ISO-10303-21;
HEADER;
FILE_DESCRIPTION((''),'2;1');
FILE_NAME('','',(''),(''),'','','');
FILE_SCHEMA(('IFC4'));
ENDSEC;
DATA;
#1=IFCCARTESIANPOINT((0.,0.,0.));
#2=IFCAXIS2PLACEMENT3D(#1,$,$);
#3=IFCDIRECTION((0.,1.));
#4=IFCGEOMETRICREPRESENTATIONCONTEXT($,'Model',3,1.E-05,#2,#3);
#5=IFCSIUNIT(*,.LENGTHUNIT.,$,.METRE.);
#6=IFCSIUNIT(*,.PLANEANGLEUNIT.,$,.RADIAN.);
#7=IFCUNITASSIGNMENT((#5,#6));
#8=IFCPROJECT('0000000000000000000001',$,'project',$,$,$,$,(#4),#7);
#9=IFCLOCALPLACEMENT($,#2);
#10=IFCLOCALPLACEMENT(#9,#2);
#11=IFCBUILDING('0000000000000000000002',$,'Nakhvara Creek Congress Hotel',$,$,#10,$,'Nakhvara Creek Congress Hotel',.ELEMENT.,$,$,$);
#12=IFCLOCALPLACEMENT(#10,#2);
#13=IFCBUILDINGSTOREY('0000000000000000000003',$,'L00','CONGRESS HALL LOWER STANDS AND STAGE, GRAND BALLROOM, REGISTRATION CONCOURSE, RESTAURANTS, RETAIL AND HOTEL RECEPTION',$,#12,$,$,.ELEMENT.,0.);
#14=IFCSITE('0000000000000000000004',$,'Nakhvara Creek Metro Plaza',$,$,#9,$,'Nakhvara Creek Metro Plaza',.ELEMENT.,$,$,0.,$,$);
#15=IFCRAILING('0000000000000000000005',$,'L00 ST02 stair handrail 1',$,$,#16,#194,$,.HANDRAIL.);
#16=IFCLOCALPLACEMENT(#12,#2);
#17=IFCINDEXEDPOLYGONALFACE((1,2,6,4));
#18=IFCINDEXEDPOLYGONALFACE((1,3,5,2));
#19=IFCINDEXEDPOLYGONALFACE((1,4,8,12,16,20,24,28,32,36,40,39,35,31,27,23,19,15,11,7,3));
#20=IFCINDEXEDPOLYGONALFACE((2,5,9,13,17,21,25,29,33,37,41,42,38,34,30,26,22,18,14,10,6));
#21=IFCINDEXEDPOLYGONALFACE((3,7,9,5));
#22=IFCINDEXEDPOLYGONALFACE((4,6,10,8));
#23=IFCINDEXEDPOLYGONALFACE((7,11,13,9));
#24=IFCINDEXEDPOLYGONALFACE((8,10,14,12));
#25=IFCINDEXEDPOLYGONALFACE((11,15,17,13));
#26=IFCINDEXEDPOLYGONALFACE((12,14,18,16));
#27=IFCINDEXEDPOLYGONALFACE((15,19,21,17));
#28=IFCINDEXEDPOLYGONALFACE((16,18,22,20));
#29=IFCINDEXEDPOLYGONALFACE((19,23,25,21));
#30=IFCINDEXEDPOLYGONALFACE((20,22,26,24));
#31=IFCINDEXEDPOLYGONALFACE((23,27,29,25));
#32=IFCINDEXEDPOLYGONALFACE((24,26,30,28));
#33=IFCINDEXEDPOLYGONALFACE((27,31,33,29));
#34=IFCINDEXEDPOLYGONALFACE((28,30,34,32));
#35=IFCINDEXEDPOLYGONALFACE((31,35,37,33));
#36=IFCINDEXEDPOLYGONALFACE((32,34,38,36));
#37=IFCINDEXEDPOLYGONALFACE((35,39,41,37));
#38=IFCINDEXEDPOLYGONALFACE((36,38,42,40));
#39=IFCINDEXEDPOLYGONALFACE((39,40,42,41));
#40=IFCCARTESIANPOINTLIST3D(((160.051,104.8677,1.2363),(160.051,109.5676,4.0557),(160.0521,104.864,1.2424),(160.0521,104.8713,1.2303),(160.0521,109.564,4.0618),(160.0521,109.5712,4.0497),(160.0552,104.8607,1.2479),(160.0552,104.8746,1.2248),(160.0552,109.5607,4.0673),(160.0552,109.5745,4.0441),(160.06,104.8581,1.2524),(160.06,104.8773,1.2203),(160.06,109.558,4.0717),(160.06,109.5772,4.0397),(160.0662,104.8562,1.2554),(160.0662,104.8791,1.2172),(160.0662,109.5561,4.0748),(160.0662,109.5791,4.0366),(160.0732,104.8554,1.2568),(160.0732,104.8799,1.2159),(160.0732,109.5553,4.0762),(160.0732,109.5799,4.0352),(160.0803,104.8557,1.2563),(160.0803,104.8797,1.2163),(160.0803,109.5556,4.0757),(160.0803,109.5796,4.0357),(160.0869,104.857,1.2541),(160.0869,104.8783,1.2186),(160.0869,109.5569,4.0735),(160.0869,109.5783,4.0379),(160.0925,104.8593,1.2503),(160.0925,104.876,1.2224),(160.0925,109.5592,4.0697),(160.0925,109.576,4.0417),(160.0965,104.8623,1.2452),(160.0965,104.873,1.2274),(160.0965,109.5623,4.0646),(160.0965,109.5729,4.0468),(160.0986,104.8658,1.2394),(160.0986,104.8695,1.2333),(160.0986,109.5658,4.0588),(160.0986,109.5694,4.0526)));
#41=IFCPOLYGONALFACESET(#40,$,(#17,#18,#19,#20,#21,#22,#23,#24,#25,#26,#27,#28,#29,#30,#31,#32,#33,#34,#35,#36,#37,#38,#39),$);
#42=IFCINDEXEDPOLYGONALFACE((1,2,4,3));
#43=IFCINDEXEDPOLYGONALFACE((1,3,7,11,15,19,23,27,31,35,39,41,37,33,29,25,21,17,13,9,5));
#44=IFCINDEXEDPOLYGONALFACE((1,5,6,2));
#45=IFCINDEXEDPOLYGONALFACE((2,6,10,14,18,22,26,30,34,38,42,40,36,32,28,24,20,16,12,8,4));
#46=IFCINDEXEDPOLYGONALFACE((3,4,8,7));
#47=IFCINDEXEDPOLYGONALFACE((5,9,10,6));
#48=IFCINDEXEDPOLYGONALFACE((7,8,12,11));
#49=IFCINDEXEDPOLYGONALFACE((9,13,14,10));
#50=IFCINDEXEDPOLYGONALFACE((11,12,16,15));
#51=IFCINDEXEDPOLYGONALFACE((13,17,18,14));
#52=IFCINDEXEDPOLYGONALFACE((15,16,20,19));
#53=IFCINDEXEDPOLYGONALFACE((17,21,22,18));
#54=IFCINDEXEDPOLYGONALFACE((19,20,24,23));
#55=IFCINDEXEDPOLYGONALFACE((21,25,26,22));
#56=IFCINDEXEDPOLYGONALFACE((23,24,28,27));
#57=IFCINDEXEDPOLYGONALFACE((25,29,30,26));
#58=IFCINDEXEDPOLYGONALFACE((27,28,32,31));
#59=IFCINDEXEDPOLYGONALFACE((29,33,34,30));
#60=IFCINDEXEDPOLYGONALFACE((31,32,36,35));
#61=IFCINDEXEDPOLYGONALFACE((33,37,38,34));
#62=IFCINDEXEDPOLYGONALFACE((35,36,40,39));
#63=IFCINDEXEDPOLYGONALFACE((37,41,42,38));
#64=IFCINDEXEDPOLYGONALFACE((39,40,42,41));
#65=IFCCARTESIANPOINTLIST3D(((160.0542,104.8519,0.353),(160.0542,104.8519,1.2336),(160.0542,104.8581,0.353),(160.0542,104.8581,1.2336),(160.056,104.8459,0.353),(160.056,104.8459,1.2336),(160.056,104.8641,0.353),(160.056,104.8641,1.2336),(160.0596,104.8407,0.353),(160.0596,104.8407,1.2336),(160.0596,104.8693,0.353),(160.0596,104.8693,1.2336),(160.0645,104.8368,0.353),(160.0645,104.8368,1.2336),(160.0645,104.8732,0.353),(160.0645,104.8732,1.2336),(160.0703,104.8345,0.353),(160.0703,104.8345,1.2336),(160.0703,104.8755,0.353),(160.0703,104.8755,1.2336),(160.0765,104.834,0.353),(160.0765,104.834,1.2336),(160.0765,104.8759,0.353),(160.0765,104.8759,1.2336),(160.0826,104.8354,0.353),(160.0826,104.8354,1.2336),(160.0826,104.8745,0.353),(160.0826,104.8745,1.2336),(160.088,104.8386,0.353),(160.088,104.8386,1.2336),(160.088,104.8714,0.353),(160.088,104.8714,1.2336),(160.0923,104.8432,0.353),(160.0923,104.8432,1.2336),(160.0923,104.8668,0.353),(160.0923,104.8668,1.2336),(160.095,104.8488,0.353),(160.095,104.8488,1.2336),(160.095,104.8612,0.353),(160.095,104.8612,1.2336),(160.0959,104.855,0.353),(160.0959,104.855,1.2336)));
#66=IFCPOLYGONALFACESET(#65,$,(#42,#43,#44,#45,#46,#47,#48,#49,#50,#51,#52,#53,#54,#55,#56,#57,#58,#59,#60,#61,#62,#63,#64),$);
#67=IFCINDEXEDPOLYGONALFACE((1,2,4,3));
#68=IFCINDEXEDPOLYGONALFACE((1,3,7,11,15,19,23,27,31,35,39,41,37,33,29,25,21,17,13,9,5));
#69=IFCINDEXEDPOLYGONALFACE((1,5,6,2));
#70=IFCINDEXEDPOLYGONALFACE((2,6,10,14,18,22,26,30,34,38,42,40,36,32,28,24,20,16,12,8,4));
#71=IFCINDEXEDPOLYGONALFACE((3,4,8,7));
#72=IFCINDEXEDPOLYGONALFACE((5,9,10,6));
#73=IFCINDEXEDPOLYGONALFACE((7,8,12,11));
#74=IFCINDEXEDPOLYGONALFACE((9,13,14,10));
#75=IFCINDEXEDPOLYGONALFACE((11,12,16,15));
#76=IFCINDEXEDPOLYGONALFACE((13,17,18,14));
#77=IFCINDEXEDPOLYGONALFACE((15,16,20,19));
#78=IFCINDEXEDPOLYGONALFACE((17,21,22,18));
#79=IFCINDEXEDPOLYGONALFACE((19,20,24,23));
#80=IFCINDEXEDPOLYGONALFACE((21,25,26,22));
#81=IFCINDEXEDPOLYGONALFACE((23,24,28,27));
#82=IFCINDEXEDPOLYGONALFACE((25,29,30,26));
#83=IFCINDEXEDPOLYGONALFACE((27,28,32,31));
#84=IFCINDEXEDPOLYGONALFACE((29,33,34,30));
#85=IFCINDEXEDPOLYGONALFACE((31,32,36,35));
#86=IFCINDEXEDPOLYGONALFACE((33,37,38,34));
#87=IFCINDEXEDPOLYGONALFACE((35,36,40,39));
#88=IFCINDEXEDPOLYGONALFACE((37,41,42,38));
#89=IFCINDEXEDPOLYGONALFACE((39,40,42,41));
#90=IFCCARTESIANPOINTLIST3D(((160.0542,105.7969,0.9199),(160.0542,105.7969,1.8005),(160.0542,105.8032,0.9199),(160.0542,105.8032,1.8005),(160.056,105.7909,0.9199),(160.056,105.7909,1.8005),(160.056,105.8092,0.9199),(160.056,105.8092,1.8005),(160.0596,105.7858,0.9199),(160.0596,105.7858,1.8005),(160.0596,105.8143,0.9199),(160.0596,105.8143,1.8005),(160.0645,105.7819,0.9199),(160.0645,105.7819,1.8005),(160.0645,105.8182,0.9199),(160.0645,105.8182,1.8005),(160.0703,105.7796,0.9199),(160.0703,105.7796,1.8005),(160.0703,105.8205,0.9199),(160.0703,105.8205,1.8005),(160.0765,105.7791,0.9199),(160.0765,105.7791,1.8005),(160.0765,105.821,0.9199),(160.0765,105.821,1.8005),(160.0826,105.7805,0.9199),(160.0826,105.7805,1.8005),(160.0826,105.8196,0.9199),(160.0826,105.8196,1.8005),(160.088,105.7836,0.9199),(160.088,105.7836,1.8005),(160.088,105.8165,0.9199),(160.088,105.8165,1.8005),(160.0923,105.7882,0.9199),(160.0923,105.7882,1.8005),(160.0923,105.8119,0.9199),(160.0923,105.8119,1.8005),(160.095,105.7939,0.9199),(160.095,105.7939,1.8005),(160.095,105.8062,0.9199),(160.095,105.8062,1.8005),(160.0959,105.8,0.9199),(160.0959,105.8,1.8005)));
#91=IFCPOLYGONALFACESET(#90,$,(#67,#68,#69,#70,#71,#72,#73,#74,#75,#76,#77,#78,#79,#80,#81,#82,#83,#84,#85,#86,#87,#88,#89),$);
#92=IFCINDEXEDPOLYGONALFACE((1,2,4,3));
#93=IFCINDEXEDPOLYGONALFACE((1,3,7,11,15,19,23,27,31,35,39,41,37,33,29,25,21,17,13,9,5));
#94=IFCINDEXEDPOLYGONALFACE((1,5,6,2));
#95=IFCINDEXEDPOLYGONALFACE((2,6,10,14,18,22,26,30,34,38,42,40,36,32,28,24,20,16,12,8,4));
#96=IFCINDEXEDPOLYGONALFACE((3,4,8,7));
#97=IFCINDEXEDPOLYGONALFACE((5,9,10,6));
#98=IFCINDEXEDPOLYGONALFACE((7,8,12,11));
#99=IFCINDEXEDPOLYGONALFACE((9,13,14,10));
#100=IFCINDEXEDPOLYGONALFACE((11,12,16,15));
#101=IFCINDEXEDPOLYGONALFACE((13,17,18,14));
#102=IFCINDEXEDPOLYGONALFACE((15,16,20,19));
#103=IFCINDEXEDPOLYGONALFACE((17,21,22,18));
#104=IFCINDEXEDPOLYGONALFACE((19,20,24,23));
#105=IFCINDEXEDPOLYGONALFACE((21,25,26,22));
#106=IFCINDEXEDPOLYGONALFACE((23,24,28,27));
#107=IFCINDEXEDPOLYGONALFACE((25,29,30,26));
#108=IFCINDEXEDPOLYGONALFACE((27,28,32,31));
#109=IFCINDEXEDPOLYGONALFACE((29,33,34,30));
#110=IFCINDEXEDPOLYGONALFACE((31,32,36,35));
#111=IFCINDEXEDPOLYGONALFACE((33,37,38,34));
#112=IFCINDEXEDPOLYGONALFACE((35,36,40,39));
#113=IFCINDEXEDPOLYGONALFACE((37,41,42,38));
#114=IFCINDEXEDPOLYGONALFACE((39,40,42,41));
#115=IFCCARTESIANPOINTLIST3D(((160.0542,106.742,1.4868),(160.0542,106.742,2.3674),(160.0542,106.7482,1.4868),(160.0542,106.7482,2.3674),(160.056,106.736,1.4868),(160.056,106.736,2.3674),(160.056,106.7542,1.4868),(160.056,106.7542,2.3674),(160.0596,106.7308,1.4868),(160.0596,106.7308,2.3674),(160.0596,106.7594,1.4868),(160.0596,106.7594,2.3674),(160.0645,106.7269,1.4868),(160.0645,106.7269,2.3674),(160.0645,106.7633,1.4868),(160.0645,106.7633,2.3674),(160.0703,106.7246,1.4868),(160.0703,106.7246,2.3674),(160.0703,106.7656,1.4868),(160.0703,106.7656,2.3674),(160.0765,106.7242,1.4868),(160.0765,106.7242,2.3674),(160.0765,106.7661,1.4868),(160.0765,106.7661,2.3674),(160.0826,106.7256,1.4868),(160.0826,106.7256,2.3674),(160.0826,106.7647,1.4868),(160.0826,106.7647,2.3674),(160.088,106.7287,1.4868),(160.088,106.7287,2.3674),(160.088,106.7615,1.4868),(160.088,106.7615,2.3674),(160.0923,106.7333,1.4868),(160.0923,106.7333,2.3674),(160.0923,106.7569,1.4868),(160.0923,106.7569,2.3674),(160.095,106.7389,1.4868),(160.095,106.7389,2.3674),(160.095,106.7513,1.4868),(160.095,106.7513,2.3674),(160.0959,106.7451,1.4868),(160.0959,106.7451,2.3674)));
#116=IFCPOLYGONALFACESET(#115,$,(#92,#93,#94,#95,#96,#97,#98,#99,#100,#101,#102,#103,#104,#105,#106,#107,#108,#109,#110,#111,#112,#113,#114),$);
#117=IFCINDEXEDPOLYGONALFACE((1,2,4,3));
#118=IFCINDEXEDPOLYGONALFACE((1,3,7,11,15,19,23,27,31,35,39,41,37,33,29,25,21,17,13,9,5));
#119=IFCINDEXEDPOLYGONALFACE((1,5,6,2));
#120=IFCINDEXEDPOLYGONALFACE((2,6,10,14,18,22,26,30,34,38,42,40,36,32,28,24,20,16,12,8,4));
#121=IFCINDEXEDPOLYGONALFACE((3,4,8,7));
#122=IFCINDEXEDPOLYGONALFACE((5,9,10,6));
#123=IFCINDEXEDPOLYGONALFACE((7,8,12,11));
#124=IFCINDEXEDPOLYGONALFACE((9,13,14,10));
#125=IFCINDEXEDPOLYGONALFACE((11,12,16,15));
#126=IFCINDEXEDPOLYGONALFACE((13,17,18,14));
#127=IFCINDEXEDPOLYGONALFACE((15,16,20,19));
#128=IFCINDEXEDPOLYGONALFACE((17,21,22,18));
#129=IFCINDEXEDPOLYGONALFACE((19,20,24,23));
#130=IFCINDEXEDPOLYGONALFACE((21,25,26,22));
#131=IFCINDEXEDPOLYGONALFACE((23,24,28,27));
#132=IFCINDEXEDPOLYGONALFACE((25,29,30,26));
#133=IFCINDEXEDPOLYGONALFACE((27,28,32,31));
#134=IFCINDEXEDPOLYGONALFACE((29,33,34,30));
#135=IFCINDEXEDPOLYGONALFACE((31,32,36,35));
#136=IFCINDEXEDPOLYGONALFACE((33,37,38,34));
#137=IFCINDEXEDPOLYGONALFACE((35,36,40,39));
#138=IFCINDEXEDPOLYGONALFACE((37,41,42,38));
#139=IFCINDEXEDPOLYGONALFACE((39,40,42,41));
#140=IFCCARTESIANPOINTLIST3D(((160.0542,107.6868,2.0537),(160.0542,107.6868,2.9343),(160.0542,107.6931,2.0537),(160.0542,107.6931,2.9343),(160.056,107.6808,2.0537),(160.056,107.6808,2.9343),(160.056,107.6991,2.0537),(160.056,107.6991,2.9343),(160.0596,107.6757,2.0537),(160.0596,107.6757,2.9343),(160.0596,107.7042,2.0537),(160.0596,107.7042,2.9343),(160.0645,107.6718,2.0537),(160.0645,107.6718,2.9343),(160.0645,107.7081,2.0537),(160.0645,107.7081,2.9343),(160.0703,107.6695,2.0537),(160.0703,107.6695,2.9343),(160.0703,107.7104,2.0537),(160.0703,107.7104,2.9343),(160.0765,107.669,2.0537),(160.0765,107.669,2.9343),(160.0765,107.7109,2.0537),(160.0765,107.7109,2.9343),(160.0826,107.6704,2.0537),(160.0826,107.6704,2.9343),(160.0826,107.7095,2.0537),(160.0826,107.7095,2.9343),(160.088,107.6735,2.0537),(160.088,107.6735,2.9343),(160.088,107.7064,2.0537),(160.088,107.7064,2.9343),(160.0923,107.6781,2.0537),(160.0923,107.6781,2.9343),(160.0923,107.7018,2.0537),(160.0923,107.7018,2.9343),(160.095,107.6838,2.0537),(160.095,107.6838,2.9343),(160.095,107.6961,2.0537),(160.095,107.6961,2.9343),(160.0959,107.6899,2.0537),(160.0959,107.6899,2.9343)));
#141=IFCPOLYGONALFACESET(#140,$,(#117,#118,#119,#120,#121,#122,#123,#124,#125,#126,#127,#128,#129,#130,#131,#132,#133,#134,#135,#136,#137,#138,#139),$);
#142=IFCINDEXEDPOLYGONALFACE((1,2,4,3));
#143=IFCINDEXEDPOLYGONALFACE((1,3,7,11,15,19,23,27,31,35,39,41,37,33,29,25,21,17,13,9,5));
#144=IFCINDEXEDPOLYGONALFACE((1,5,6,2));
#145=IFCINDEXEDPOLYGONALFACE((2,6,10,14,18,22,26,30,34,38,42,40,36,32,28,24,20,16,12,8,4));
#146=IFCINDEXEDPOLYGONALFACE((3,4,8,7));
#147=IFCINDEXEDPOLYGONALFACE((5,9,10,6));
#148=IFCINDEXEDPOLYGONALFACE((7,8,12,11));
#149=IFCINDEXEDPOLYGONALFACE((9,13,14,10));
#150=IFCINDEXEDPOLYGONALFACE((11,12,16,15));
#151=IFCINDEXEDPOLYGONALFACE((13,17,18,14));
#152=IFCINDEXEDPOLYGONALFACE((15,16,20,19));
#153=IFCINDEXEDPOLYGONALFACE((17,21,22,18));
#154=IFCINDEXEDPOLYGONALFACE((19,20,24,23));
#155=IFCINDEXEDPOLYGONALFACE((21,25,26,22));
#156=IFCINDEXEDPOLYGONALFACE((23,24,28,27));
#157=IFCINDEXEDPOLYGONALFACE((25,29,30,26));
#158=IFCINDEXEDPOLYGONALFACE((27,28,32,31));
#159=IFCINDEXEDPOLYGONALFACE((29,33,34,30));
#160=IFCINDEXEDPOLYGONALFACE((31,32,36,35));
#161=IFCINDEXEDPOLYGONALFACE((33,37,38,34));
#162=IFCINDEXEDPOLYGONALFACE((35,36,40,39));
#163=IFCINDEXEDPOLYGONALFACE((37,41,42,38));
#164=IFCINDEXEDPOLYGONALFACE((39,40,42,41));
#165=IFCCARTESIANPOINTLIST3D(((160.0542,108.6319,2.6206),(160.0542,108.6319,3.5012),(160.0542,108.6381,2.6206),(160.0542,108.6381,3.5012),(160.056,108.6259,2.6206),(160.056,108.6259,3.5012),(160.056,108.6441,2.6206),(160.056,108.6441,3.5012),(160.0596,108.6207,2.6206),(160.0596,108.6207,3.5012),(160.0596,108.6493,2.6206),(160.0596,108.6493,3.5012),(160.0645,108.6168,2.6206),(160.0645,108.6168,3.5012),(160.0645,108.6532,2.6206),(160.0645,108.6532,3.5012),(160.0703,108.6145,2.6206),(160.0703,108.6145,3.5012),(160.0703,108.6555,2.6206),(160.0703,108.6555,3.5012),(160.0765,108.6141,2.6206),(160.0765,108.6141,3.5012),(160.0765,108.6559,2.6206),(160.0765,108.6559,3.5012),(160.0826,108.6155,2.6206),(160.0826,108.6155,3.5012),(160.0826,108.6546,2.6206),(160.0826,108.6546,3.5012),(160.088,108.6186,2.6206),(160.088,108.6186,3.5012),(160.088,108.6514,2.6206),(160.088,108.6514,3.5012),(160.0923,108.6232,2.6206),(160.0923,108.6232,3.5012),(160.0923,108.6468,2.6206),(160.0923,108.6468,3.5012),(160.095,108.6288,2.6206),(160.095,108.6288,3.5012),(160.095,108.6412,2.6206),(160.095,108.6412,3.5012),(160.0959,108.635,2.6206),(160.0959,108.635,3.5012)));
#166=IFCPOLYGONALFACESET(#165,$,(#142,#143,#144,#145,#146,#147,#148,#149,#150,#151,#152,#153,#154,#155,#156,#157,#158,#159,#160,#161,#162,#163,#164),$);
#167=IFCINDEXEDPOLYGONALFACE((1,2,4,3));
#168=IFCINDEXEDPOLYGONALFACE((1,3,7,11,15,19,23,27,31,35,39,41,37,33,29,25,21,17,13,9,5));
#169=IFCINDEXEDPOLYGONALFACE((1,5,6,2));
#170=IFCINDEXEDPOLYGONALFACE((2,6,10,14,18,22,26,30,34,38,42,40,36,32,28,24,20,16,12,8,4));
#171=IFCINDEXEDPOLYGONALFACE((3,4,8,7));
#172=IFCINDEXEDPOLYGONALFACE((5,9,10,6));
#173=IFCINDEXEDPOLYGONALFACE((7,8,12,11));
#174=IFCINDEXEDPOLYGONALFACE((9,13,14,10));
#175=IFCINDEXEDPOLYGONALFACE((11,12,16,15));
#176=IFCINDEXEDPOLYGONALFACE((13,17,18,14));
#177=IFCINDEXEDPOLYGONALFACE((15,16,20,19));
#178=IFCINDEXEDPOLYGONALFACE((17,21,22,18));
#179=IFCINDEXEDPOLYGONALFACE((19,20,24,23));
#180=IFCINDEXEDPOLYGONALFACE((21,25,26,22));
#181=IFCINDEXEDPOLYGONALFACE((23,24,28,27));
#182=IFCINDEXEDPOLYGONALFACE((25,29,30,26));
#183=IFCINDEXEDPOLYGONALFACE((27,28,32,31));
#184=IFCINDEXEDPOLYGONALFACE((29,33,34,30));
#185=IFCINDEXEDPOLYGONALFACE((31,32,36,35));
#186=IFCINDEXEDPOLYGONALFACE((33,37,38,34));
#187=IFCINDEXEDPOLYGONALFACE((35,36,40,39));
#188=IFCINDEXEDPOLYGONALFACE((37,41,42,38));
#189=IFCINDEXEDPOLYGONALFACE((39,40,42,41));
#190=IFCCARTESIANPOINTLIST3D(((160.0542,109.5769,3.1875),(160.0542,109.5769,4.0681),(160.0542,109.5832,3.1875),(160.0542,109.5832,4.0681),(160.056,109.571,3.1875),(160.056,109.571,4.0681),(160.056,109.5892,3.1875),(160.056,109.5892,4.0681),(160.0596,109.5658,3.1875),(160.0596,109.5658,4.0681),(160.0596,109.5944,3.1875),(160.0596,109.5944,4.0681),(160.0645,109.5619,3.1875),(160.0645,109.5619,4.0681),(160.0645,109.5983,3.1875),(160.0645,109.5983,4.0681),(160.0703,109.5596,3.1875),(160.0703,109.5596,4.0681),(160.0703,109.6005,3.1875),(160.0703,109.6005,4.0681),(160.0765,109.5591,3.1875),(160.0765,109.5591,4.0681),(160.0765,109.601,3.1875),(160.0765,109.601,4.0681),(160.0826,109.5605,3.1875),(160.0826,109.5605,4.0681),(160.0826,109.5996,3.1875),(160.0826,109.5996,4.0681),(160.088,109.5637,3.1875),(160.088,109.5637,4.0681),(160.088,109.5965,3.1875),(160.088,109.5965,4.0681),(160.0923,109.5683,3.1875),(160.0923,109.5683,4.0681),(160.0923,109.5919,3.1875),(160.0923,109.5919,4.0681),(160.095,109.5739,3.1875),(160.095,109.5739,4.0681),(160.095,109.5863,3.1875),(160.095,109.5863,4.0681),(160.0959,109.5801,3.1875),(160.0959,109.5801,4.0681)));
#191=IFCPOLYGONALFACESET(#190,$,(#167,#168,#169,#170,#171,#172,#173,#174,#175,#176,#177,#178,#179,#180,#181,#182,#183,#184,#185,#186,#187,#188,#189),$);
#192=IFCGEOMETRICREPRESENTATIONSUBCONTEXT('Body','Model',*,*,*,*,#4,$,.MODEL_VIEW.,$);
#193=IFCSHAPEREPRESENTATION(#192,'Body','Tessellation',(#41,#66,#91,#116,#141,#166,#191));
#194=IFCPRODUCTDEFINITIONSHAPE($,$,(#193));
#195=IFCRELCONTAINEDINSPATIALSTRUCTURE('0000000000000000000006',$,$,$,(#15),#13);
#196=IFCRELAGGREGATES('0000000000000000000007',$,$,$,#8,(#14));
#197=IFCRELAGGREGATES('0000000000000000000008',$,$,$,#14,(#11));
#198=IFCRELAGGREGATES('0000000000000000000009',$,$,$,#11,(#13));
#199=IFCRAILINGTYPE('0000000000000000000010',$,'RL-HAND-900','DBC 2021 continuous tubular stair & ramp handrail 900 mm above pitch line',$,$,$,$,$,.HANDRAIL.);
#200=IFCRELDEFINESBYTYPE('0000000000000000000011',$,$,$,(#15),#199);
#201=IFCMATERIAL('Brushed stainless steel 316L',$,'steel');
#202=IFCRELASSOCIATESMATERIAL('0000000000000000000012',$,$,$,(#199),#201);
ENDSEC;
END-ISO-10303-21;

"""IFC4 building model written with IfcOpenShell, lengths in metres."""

from ifc_helpers import new_model, si_unit, direction, frame, origin, origin_2d, place, context, subcontext, project, spatial, circle, extrude, material, type_object, element, save


model = new_model("IFC4")

# Units and contexts
model_context = context("Model", 3, precision=1e-05, world=origin(), true_north=direction((0.0, 1.0)))
body_context = subcontext(model_context, "Body", "Model", "MODEL_VIEW")
ifc_project = project(units=[si_unit("LENGTHUNIT", "METRE"), si_unit("PLANEANGLEUNIT", "RADIAN")], contexts=[model_context])

# Site, building, storey
site_placement = place(None, origin())
site = spatial("IfcSite", under=ifc_project, at=site_placement, Name="Nakhvara Creek Metro Plaza", LongName="Nakhvara Creek Metro Plaza", CompositionType="ELEMENT", RefElevation=0.0)
building_placement = place(site_placement, origin())
building = spatial("IfcBuilding", under=site, at=building_placement, Name="Nakhvara Creek Congress Hotel", LongName="Nakhvara Creek Congress Hotel", CompositionType="ELEMENT")
storey_placement = place(building_placement, origin())
storey = spatial("IfcBuildingStorey", under=building, at=storey_placement, Name="L00", Description="CONGRESS HALL LOWER STANDS AND STAGE, GRAND BALLROOM, REGISTRATION CONCOURSE, RESTAURANTS, RETAIL AND HOTEL RECEPTION", CompositionType="ELEMENT", Elevation=0.0)

# Railing
ifc_material_1 = material(Name="Brushed stainless steel 316L", Category="steel")
railing_type_1 = type_object("IfcRailingType", Name="RL-HAND-900", Description="DBC 2021 continuous tubular stair & ramp handrail 900 mm above pitch line", PredefinedType="HANDRAIL", material=ifc_material_1)
railing_1_placement = place(storey_placement, frame((160.075, 104.855, 0.353)))
element("IfcRailing", 1, at=railing_1_placement, inside=storey, type_object=railing_type_1, Name="L00 ST02 stair handrail 1", PredefinedType="HANDRAIL", context=body_context, shape_type="SweptSolid", body=[
    extrude(circle(Radius=0.0239, at=origin_2d()), frame((0.0, 0.0127, 0.8833), z_axis=(0.0, 0.85754, 0.514418), x_axis=(-1.0, 0.0, 0.0)), (0.0, 0.0, 1.0), 5.4807),
    extrude(circle(Radius=0.021, at=origin_2d()), origin(), (0.0, 0.0, 1.0), 0.8806),
    extrude(circle(Radius=0.021, at=origin_2d()), frame((0.0, 0.9451, 0.5669)), (0.0, 0.0, 1.0), 0.8806),
    extrude(circle(Radius=0.021, at=origin_2d()), frame((0.0, 1.8901, 1.1338)), (0.0, 0.0, 1.0), 0.8806),
    extrude(circle(Radius=0.021, at=origin_2d()), frame((0.0, 2.835, 1.7007)), (0.0, 0.0, 1.0), 0.8806),
    extrude(circle(Radius=0.021, at=origin_2d()), frame((0.0, 3.78, 2.2676)), (0.0, 0.0, 1.0), 0.8806),
    extrude(circle(Radius=0.021, at=origin_2d()), frame((0.0, 4.7251, 2.8345)), (0.0, 0.0, 1.0), 0.8806),
])

save(model, "model.ifc")
